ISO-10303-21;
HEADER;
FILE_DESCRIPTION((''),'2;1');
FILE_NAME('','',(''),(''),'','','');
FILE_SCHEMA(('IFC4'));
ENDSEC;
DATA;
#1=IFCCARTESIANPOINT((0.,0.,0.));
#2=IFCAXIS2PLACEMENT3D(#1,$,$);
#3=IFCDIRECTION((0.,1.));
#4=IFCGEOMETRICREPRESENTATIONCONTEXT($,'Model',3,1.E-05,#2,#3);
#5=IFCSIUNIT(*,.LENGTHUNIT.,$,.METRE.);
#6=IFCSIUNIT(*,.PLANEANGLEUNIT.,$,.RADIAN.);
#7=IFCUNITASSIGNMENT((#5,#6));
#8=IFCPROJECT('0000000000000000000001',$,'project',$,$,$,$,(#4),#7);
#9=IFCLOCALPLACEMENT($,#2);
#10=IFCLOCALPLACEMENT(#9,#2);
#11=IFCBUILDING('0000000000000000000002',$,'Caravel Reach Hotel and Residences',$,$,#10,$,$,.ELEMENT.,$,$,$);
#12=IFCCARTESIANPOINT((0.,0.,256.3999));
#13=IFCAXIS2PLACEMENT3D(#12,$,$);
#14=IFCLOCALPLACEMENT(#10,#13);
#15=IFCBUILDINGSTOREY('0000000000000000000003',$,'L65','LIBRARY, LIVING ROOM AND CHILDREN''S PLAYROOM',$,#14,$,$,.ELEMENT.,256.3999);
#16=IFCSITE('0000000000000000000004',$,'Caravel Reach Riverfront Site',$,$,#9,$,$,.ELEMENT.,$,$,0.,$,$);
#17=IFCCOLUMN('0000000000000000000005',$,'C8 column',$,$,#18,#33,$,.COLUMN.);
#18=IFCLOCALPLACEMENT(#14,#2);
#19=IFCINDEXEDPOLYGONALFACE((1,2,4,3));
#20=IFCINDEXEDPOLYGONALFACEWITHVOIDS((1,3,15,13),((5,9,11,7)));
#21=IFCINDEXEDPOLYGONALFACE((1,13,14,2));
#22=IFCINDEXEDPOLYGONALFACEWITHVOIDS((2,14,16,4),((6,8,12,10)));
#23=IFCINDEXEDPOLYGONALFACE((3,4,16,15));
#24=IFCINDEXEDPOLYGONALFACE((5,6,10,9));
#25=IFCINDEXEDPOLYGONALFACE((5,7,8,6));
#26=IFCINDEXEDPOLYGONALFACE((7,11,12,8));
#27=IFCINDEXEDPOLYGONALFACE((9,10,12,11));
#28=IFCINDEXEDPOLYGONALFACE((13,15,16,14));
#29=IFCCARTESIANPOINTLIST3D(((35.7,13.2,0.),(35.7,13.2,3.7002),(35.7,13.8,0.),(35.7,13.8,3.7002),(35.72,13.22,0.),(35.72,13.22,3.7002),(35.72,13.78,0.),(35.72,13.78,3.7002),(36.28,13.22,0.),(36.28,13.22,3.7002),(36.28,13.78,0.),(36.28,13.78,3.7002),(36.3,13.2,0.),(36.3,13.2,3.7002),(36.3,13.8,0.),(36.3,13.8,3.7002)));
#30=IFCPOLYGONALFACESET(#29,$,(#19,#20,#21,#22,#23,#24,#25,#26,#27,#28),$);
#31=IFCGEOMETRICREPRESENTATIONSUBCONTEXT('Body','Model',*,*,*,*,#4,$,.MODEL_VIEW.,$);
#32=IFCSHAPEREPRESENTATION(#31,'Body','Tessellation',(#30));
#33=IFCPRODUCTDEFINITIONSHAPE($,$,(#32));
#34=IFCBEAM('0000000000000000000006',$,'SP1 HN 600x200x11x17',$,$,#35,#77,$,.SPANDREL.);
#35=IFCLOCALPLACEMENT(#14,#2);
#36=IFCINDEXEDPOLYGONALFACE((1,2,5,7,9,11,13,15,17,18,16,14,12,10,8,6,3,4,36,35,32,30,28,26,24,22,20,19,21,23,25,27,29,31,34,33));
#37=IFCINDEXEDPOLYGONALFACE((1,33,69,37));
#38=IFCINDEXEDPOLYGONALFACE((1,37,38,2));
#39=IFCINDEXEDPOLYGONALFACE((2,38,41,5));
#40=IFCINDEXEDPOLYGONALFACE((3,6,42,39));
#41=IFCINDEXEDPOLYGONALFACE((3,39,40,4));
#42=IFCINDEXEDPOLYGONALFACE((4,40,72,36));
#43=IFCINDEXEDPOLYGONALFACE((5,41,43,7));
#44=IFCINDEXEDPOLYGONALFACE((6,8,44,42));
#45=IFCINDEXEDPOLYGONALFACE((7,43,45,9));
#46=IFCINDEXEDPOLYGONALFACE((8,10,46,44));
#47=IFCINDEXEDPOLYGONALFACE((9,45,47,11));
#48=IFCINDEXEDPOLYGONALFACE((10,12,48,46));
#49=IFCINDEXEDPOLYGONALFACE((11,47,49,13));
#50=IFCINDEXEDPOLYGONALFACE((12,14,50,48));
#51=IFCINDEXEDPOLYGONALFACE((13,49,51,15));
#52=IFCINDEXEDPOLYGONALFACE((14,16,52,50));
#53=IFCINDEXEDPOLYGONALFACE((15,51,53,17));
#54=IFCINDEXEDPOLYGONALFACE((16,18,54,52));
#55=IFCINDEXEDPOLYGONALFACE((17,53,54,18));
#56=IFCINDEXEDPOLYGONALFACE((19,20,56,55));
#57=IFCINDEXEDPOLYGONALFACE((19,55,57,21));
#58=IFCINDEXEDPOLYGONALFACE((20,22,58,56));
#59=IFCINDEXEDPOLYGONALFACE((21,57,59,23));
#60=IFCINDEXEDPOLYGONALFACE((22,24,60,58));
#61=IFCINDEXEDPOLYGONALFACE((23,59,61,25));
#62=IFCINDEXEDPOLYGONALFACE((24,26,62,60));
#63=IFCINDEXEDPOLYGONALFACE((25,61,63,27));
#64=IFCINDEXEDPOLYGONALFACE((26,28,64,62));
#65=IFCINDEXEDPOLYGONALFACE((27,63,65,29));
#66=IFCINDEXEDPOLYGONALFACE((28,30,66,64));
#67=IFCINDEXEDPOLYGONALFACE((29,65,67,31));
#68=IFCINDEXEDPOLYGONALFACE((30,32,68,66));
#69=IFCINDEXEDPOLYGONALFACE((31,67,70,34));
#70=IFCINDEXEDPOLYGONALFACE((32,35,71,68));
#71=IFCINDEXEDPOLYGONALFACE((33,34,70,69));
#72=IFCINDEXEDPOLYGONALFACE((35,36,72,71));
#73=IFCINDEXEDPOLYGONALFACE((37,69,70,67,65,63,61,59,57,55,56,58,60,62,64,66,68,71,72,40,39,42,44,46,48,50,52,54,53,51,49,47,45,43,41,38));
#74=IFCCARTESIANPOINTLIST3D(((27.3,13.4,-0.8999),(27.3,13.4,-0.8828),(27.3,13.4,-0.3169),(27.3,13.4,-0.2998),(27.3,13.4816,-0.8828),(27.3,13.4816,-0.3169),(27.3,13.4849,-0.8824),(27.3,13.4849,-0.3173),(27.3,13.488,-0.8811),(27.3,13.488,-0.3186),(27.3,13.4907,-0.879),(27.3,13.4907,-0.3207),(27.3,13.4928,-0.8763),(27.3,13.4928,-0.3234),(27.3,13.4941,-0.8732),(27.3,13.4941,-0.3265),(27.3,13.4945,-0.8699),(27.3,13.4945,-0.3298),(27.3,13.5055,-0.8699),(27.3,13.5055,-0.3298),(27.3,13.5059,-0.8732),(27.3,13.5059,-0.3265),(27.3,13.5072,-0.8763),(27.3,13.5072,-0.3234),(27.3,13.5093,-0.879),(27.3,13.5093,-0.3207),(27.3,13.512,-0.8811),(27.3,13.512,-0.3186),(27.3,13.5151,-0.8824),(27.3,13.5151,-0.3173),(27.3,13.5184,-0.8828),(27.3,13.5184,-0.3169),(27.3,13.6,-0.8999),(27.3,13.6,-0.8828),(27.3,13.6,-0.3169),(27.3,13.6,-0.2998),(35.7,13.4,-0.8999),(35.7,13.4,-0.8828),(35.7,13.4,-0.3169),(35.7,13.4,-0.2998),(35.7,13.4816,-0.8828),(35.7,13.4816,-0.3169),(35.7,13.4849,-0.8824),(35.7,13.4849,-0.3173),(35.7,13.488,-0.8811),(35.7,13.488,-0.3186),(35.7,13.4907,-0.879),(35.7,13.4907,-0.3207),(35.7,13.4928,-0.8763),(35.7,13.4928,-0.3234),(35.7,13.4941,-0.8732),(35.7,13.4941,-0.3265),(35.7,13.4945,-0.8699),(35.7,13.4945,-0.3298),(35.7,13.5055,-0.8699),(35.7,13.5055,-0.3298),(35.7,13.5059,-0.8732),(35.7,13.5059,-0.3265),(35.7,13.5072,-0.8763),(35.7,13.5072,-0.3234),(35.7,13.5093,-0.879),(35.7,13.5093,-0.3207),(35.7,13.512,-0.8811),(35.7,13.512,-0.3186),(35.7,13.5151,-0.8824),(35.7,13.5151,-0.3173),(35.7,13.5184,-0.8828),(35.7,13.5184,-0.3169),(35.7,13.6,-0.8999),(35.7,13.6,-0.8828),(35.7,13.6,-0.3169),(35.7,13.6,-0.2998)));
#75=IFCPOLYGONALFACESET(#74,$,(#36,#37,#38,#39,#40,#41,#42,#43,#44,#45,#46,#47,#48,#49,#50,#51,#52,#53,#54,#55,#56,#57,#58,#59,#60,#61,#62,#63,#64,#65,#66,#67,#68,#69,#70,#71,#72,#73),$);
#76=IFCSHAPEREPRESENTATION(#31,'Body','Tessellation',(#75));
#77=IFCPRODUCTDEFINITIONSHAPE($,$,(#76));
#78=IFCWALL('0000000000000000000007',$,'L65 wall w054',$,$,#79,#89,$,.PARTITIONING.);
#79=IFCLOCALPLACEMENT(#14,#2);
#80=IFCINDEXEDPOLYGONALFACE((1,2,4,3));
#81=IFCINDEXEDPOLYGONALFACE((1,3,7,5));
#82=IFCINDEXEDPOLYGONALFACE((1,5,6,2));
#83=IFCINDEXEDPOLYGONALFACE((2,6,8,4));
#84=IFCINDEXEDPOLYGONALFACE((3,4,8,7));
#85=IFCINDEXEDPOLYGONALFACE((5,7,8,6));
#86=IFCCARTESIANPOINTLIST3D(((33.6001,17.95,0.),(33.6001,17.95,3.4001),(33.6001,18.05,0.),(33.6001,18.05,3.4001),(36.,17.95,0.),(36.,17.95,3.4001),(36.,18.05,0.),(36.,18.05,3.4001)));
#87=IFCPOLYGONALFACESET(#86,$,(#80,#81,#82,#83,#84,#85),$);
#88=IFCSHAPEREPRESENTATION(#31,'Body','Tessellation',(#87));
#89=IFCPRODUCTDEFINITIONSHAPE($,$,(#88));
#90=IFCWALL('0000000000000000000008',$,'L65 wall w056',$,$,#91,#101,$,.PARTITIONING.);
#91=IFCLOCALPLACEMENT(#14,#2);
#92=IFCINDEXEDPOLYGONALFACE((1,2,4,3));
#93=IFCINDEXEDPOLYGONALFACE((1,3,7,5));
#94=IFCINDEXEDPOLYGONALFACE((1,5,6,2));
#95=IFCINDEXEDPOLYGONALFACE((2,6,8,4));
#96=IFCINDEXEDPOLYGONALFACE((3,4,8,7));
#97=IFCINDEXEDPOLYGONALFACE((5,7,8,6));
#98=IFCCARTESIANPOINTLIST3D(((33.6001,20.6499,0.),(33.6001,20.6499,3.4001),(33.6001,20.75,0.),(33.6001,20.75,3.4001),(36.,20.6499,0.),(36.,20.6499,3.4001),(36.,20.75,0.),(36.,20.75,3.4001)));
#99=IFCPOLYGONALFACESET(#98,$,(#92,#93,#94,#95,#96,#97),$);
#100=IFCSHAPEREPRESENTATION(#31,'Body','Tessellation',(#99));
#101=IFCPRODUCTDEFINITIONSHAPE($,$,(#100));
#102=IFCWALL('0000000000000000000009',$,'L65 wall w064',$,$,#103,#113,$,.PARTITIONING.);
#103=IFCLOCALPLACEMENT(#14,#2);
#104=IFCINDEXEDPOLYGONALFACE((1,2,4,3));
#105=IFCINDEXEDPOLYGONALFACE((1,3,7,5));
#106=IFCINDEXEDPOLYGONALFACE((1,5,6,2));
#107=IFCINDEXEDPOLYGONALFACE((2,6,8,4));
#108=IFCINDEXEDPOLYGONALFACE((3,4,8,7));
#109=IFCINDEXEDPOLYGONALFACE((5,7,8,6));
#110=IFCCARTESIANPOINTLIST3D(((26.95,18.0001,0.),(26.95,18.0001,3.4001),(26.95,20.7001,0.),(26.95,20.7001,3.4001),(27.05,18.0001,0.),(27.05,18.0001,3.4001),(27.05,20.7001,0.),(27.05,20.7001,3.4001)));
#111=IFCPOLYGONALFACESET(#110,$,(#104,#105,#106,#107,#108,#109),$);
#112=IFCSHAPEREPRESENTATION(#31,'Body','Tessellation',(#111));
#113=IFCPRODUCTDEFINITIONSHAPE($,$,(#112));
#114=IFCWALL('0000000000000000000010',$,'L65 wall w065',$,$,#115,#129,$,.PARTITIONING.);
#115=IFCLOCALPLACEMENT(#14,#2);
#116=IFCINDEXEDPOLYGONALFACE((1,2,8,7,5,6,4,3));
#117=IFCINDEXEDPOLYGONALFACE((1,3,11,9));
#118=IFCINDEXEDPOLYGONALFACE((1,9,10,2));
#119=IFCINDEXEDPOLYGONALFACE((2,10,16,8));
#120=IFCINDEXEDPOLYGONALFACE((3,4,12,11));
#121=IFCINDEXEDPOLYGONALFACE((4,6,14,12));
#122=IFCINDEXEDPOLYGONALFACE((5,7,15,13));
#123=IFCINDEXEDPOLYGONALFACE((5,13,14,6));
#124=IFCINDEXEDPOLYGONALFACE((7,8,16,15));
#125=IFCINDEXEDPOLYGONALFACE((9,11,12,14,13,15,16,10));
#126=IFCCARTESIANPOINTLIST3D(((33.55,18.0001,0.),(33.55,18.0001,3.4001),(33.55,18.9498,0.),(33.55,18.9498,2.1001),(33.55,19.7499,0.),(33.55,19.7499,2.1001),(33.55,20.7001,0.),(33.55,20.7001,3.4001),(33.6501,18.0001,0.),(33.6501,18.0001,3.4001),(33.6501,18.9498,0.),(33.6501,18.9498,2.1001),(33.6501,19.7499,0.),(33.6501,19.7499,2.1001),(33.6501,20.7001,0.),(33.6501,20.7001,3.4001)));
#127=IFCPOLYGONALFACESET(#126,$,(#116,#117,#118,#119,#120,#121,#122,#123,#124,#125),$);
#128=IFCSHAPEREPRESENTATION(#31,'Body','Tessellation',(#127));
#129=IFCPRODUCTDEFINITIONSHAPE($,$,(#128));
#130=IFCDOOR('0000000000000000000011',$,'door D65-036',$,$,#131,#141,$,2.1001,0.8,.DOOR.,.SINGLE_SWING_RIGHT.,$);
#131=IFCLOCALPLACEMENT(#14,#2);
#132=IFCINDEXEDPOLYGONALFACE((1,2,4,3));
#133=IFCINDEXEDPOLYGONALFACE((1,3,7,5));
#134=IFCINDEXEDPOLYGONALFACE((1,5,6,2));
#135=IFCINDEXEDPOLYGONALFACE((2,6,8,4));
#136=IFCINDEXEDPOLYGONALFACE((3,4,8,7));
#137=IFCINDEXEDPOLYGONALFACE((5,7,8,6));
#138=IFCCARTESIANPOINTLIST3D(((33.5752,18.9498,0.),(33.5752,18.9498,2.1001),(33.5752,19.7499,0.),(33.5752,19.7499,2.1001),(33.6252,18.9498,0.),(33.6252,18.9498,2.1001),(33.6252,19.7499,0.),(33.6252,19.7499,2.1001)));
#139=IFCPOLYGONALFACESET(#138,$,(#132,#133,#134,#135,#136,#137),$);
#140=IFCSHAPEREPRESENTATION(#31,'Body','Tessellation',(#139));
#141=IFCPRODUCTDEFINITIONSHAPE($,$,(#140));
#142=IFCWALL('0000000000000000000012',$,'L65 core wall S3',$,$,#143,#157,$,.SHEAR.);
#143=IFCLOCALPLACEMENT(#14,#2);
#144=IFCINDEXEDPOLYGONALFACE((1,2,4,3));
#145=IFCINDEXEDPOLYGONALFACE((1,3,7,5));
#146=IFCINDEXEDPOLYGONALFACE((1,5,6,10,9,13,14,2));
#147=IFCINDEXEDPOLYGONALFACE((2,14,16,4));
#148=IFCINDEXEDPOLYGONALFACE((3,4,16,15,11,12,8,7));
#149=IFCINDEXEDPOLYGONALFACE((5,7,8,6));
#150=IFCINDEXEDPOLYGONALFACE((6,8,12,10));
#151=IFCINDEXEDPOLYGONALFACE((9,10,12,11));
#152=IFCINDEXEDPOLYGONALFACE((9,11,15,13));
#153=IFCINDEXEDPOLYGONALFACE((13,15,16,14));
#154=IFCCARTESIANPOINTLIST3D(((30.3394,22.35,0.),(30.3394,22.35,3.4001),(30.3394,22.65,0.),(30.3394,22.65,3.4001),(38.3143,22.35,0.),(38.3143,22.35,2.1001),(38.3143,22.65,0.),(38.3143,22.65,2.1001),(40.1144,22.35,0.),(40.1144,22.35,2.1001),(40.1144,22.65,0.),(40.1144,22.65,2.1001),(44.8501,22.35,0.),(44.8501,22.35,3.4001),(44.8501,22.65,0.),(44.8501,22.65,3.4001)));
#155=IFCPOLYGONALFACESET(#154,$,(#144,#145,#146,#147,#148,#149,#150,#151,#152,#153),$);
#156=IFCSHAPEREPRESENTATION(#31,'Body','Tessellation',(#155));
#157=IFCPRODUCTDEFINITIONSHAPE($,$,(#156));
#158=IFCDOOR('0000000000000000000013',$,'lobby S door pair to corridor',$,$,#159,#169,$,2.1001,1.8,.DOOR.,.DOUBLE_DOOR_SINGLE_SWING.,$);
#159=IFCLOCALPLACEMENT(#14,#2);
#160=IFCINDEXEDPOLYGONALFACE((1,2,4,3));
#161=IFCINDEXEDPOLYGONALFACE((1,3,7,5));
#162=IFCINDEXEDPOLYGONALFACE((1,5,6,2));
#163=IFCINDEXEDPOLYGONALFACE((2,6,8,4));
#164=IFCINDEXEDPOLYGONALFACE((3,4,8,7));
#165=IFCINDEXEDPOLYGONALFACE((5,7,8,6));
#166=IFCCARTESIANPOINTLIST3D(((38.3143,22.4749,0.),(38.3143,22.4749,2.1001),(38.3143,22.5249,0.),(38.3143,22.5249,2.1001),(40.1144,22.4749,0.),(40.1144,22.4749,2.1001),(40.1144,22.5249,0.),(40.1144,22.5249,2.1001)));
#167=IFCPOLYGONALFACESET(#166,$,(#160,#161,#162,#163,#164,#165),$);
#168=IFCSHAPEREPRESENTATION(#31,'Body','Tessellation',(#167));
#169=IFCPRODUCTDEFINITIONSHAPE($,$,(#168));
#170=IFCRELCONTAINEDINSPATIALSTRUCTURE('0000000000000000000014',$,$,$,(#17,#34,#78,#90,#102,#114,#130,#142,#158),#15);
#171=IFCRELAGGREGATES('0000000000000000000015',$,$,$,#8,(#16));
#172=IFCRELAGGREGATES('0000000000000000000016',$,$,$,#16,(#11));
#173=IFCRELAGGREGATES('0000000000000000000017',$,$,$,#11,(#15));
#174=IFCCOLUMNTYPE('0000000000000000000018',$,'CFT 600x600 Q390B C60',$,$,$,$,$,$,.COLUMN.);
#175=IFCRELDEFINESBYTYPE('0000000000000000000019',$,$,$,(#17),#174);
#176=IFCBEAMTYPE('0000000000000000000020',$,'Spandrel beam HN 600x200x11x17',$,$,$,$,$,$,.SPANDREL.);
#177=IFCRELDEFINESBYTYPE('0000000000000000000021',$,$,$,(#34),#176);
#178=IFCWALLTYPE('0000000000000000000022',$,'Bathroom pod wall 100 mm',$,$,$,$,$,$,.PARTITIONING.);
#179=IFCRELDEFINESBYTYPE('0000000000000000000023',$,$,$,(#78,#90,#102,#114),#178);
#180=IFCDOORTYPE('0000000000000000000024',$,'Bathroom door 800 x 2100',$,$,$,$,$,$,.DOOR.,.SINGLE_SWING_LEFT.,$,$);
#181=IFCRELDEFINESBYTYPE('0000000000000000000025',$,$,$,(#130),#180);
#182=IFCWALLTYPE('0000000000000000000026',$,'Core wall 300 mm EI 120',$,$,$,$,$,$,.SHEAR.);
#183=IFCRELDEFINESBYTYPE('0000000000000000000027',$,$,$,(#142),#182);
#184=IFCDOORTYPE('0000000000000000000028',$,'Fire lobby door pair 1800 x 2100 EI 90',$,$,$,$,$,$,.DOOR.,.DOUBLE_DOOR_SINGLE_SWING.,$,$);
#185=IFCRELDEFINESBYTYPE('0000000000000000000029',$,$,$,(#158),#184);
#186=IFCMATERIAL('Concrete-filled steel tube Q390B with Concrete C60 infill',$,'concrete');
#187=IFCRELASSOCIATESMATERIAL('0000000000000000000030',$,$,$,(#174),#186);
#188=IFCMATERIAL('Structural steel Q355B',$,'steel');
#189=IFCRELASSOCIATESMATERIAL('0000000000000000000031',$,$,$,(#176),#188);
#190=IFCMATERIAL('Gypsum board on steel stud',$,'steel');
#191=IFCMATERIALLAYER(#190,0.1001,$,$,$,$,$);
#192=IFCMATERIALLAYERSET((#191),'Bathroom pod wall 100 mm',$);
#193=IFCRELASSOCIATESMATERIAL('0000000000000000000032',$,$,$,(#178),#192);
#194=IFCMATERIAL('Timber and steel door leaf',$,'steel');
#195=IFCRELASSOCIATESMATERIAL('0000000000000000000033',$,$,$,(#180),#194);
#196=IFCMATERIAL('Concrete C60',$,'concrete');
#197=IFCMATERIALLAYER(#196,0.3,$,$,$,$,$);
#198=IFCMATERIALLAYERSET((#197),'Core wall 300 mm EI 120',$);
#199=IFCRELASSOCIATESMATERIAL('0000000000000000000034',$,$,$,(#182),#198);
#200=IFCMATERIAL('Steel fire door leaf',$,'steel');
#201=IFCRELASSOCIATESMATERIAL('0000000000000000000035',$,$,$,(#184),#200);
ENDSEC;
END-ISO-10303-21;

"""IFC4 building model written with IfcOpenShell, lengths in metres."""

from ifc_helpers import new_model, si_unit, direction, frame, frame_2d, origin, origin_2d, place, context, subcontext, project, spatial, rectangle, hollow_rectangle, i_section, extrude, material, layer, layer_set, material_profile, profile_set, type_object, element, fill, save


model = new_model("IFC4")

# Units and contexts
model_context = context("Model", 3, precision=1e-05, world=origin(), true_north=direction((0.0, 1.0)))
body_context = subcontext(model_context, "Body", "Model", "MODEL_VIEW")
ifc_project = project(units=[si_unit("LENGTHUNIT", "METRE"), si_unit("PLANEANGLEUNIT", "RADIAN")], contexts=[model_context])

# Site, building, storey
site_placement = place(None, origin())
site = spatial("IfcSite", under=ifc_project, at=site_placement, Name="Caravel Reach Riverfront Site", CompositionType="ELEMENT", RefElevation=0.0)
building_placement = place(site_placement, origin())
building = spatial("IfcBuilding", under=site, at=building_placement, Name="Caravel Reach Hotel and Residences", CompositionType="ELEMENT")
storey_placement = place(building_placement, frame((0.0, 0.0, 256.3999)))
storey = spatial("IfcBuildingStorey", under=building, at=storey_placement, Name="L65", Description="LIBRARY, LIVING ROOM AND CHILDREN'S PLAYROOM", CompositionType="ELEMENT", Elevation=256.3999)

# Column
ifc_material_1 = material(Name="Concrete-filled steel tube Q390B with Concrete C60 infill", Category="concrete")
ifc_material_profile_1 = material_profile(ifc_material_1, hollow_rectangle(XDim=0.6001, YDim=0.6001, WallThickness=0.02, at=origin_2d()), Name="RHS 600x600x20")
ifc_profile_set_1 = profile_set([ifc_material_profile_1], Name="Concrete-filled steel tube Q390B with Concrete C60 infill")
column_type = type_object("IfcColumnType", Name="CFT 600x600 Q390B C60", PredefinedType="COLUMN", material=ifc_profile_set_1)
column_placement = place(storey_placement, frame((36.0, 13.5, 0.0), z_axis=(0.0, 0.0, 1.0), x_axis=(1.0, 0.0, 0.0)))
element("IfcColumn", 1, at=column_placement, inside=storey, type_object=column_type, Name="C8 column", PredefinedType="COLUMN", context=body_context, shape_type="SweptSolid", body=[
    extrude(hollow_rectangle(XDim=0.6001, YDim=0.6001, WallThickness=0.02, at=origin_2d()), origin(), (0.0, 0.0, 1.0), 3.7002),
])

# Beam
ifc_material_2 = material(Name="Structural steel Q355B", Category="steel")
ifc_material_profile_2 = material_profile(ifc_material_2, i_section(OverallWidth=0.2, OverallDepth=0.6001, WebThickness=0.011, FlangeThickness=0.0171, FilletRadius=0.0129, at=origin_2d()), Name="HN 600x200x11x17")
ifc_profile_set_2 = profile_set([ifc_material_profile_2], Name="Structural steel Q355B")
beam_type = type_object("IfcBeamType", Name="Spandrel beam HN 600x200x11x17", PredefinedType="SPANDREL", material=ifc_profile_set_2)
beam_placement = place(storey_placement, frame((27.3, 13.5, -0.5999), z_axis=(1.0, 0.0, 0.0), x_axis=(0.0, 1.0, 0.0)))
element("IfcBeam", 2, at=beam_placement, inside=storey, type_object=beam_type, Name="SP1 HN 600x200x11x17", PredefinedType="SPANDREL", context=body_context, shape_type="SweptSolid", body=[
    extrude(i_section(OverallWidth=0.2, OverallDepth=0.6001, WebThickness=0.011, FlangeThickness=0.0171, FilletRadius=0.0129, at=origin_2d()), origin(), (0.0, 0.0, 1.0), 8.3999),
])

# Walls
ifc_material_3 = material(Name="Gypsum board on steel stud", Category="steel")
ifc_layer_1 = layer(ifc_material_3, 0.1001)
ifc_layer_set_1 = layer_set([ifc_layer_1], Name="Bathroom pod wall 100 mm")
wall_type_1 = type_object("IfcWallType", Name="Bathroom pod wall 100 mm", PredefinedType="PARTITIONING", material=ifc_layer_set_1)
for number, where, z_axis, x_axis, name in (
    (3, (33.6001, 18.0, 0.0), (0.0, 0.0, 1.0), (1.0, 0.0, 0.0), "L65 wall w054"),
    (4, (33.6001, 20.7, 0.0), (0.0, 0.0, 1.0), (1.0, 0.0, 0.0), "L65 wall w056"),
):
    element("IfcWall", number, at=place(storey_placement, frame(where, z_axis=z_axis, x_axis=x_axis)), inside=storey, type_object=wall_type_1, Name=name, PredefinedType="PARTITIONING", context=body_context, shape_type="SweptSolid", body=[
        extrude(rectangle(XDim=2.3999, YDim=0.1001, at=frame_2d((1.2, 0.0))), origin(), (0.0, 0.0, 1.0), 3.4001),
    ])
wall_1_placement = place(storey_placement, frame((27.0, 18.0, 0.0), z_axis=(0.0, 0.0, 1.0), x_axis=(0.0, 1.0, 0.0)))
element("IfcWall", 5, at=wall_1_placement, inside=storey, type_object=wall_type_1, Name="L65 wall w064", PredefinedType="PARTITIONING", context=body_context, shape_type="SweptSolid", body=[
    extrude(rectangle(XDim=2.7, YDim=0.1001, at=frame_2d((1.3501, 0.0))), origin(), (0.0, 0.0, 1.0), 3.4001),
])

# Walls, openings, doors
wall_2_placement = place(storey_placement, frame((33.6001, 18.0, 0.0), z_axis=(0.0, 0.0, 1.0), x_axis=(0.0, 1.0, 0.0)))
wall_2 = element("IfcWall", 6, at=wall_2_placement, inside=storey, type_object=wall_type_1, Name="L65 wall w065", PredefinedType="PARTITIONING", context=body_context, shape_type="SweptSolid", body=[
    extrude(rectangle(XDim=2.7, YDim=0.1001, at=frame_2d((1.3501, 0.0))), origin(), (0.0, 0.0, 1.0), 3.4001),
])
opening_1_placement = place(wall_2_placement, frame((0.95, 0.0, 0.0)))
opening_1 = element("IfcOpeningElement", 7, at=opening_1_placement, cuts=wall_2, PredefinedType="OPENING", context=body_context, shape_type="SweptSolid", body=[
    extrude(rectangle(XDim=0.8, YDim=2.1001, at=frame_2d((0.3999, 1.05))), frame((0.0, 0.0601, 0.0), z_axis=(0.0, -1.0, 0.0), x_axis=(1.0, 0.0, 0.0)), (0.0, 0.0, 1.0), 0.1201),
])
ifc_material_4 = material(Name="Timber and steel door leaf", Category="steel")
door_type_1 = type_object("IfcDoorType", Name="Bathroom door 800 x 2100", OperationType="SINGLE_SWING_LEFT", PredefinedType="DOOR", material=ifc_material_4)
door_1_placement = place(opening_1_placement, origin())
door_1 = element("IfcDoor", 8, at=door_1_placement, inside=storey, type_object=door_type_1, Name="door D65-036", OperationType="SINGLE_SWING_RIGHT", OverallHeight=2.1001, OverallWidth=0.8, PredefinedType="DOOR", context=body_context, shape_type="SweptSolid", body=[
    extrude(rectangle(XDim=0.8, YDim=2.1001, at=frame_2d((0.3999, 1.05))), frame((0.0, 0.0249, 0.0), z_axis=(0.0, -1.0, 0.0), x_axis=(1.0, 0.0, 0.0)), (0.0, 0.0, 1.0), 0.05),
])
fill(opening_1, door_1)
ifc_material_5 = material(Name="Concrete C60", Category="concrete")
ifc_layer_2 = layer(ifc_material_5, 0.3)
ifc_layer_set_2 = layer_set([ifc_layer_2], Name="Core wall 300 mm EI 120")
wall_type_2 = type_object("IfcWallType", Name="Core wall 300 mm EI 120", PredefinedType="SHEAR", material=ifc_layer_set_2)
wall_3_placement = place(storey_placement, frame((30.3394, 22.5, 0.0), z_axis=(0.0, 0.0, 1.0), x_axis=(1.0, 0.0, 0.0)))
wall_3 = element("IfcWall", 9, at=wall_3_placement, inside=storey, type_object=wall_type_2, Name="L65 core wall S3", PredefinedType="SHEAR", context=body_context, shape_type="SweptSolid", body=[
    extrude(rectangle(XDim=14.5107, YDim=0.3, at=frame_2d((7.2554, 0.0))), origin(), (0.0, 0.0, 1.0), 3.4001),
])
opening_2_placement = place(wall_3_placement, frame((7.9751, 0.0, 0.0)))
opening_2 = element("IfcOpeningElement", 10, at=opening_2_placement, cuts=wall_3, PredefinedType="OPENING", context=body_context, shape_type="SweptSolid", body=[
    extrude(rectangle(XDim=1.8, YDim=2.1001, at=frame_2d((0.8999, 1.05))), frame((0.0, 0.1599, 0.0), z_axis=(0.0, -1.0, 0.0), x_axis=(1.0, 0.0, 0.0)), (0.0, 0.0, 1.0), 0.3201),
])
ifc_material_6 = material(Name="Steel fire door leaf", Category="steel")
door_type_2 = type_object("IfcDoorType", Name="Fire lobby door pair 1800 x 2100 EI 90", OperationType="DOUBLE_DOOR_SINGLE_SWING", PredefinedType="DOOR", material=ifc_material_6)
door_2_placement = place(opening_2_placement, origin())
door_2 = element("IfcDoor", 11, at=door_2_placement, inside=storey, type_object=door_type_2, Name="lobby S door pair to corridor", OperationType="DOUBLE_DOOR_SINGLE_SWING", OverallHeight=2.1001, OverallWidth=1.8, PredefinedType="DOOR", context=body_context, shape_type="SweptSolid", body=[
    extrude(rectangle(XDim=1.8, YDim=2.1001, at=frame_2d((0.8999, 1.05))), frame((0.0, 0.0249, 0.0), z_axis=(0.0, -1.0, 0.0), x_axis=(1.0, 0.0, 0.0)), (0.0, 0.0, 1.0), 0.05),
])
fill(opening_2, door_2)

save(model, "model.ifc")
